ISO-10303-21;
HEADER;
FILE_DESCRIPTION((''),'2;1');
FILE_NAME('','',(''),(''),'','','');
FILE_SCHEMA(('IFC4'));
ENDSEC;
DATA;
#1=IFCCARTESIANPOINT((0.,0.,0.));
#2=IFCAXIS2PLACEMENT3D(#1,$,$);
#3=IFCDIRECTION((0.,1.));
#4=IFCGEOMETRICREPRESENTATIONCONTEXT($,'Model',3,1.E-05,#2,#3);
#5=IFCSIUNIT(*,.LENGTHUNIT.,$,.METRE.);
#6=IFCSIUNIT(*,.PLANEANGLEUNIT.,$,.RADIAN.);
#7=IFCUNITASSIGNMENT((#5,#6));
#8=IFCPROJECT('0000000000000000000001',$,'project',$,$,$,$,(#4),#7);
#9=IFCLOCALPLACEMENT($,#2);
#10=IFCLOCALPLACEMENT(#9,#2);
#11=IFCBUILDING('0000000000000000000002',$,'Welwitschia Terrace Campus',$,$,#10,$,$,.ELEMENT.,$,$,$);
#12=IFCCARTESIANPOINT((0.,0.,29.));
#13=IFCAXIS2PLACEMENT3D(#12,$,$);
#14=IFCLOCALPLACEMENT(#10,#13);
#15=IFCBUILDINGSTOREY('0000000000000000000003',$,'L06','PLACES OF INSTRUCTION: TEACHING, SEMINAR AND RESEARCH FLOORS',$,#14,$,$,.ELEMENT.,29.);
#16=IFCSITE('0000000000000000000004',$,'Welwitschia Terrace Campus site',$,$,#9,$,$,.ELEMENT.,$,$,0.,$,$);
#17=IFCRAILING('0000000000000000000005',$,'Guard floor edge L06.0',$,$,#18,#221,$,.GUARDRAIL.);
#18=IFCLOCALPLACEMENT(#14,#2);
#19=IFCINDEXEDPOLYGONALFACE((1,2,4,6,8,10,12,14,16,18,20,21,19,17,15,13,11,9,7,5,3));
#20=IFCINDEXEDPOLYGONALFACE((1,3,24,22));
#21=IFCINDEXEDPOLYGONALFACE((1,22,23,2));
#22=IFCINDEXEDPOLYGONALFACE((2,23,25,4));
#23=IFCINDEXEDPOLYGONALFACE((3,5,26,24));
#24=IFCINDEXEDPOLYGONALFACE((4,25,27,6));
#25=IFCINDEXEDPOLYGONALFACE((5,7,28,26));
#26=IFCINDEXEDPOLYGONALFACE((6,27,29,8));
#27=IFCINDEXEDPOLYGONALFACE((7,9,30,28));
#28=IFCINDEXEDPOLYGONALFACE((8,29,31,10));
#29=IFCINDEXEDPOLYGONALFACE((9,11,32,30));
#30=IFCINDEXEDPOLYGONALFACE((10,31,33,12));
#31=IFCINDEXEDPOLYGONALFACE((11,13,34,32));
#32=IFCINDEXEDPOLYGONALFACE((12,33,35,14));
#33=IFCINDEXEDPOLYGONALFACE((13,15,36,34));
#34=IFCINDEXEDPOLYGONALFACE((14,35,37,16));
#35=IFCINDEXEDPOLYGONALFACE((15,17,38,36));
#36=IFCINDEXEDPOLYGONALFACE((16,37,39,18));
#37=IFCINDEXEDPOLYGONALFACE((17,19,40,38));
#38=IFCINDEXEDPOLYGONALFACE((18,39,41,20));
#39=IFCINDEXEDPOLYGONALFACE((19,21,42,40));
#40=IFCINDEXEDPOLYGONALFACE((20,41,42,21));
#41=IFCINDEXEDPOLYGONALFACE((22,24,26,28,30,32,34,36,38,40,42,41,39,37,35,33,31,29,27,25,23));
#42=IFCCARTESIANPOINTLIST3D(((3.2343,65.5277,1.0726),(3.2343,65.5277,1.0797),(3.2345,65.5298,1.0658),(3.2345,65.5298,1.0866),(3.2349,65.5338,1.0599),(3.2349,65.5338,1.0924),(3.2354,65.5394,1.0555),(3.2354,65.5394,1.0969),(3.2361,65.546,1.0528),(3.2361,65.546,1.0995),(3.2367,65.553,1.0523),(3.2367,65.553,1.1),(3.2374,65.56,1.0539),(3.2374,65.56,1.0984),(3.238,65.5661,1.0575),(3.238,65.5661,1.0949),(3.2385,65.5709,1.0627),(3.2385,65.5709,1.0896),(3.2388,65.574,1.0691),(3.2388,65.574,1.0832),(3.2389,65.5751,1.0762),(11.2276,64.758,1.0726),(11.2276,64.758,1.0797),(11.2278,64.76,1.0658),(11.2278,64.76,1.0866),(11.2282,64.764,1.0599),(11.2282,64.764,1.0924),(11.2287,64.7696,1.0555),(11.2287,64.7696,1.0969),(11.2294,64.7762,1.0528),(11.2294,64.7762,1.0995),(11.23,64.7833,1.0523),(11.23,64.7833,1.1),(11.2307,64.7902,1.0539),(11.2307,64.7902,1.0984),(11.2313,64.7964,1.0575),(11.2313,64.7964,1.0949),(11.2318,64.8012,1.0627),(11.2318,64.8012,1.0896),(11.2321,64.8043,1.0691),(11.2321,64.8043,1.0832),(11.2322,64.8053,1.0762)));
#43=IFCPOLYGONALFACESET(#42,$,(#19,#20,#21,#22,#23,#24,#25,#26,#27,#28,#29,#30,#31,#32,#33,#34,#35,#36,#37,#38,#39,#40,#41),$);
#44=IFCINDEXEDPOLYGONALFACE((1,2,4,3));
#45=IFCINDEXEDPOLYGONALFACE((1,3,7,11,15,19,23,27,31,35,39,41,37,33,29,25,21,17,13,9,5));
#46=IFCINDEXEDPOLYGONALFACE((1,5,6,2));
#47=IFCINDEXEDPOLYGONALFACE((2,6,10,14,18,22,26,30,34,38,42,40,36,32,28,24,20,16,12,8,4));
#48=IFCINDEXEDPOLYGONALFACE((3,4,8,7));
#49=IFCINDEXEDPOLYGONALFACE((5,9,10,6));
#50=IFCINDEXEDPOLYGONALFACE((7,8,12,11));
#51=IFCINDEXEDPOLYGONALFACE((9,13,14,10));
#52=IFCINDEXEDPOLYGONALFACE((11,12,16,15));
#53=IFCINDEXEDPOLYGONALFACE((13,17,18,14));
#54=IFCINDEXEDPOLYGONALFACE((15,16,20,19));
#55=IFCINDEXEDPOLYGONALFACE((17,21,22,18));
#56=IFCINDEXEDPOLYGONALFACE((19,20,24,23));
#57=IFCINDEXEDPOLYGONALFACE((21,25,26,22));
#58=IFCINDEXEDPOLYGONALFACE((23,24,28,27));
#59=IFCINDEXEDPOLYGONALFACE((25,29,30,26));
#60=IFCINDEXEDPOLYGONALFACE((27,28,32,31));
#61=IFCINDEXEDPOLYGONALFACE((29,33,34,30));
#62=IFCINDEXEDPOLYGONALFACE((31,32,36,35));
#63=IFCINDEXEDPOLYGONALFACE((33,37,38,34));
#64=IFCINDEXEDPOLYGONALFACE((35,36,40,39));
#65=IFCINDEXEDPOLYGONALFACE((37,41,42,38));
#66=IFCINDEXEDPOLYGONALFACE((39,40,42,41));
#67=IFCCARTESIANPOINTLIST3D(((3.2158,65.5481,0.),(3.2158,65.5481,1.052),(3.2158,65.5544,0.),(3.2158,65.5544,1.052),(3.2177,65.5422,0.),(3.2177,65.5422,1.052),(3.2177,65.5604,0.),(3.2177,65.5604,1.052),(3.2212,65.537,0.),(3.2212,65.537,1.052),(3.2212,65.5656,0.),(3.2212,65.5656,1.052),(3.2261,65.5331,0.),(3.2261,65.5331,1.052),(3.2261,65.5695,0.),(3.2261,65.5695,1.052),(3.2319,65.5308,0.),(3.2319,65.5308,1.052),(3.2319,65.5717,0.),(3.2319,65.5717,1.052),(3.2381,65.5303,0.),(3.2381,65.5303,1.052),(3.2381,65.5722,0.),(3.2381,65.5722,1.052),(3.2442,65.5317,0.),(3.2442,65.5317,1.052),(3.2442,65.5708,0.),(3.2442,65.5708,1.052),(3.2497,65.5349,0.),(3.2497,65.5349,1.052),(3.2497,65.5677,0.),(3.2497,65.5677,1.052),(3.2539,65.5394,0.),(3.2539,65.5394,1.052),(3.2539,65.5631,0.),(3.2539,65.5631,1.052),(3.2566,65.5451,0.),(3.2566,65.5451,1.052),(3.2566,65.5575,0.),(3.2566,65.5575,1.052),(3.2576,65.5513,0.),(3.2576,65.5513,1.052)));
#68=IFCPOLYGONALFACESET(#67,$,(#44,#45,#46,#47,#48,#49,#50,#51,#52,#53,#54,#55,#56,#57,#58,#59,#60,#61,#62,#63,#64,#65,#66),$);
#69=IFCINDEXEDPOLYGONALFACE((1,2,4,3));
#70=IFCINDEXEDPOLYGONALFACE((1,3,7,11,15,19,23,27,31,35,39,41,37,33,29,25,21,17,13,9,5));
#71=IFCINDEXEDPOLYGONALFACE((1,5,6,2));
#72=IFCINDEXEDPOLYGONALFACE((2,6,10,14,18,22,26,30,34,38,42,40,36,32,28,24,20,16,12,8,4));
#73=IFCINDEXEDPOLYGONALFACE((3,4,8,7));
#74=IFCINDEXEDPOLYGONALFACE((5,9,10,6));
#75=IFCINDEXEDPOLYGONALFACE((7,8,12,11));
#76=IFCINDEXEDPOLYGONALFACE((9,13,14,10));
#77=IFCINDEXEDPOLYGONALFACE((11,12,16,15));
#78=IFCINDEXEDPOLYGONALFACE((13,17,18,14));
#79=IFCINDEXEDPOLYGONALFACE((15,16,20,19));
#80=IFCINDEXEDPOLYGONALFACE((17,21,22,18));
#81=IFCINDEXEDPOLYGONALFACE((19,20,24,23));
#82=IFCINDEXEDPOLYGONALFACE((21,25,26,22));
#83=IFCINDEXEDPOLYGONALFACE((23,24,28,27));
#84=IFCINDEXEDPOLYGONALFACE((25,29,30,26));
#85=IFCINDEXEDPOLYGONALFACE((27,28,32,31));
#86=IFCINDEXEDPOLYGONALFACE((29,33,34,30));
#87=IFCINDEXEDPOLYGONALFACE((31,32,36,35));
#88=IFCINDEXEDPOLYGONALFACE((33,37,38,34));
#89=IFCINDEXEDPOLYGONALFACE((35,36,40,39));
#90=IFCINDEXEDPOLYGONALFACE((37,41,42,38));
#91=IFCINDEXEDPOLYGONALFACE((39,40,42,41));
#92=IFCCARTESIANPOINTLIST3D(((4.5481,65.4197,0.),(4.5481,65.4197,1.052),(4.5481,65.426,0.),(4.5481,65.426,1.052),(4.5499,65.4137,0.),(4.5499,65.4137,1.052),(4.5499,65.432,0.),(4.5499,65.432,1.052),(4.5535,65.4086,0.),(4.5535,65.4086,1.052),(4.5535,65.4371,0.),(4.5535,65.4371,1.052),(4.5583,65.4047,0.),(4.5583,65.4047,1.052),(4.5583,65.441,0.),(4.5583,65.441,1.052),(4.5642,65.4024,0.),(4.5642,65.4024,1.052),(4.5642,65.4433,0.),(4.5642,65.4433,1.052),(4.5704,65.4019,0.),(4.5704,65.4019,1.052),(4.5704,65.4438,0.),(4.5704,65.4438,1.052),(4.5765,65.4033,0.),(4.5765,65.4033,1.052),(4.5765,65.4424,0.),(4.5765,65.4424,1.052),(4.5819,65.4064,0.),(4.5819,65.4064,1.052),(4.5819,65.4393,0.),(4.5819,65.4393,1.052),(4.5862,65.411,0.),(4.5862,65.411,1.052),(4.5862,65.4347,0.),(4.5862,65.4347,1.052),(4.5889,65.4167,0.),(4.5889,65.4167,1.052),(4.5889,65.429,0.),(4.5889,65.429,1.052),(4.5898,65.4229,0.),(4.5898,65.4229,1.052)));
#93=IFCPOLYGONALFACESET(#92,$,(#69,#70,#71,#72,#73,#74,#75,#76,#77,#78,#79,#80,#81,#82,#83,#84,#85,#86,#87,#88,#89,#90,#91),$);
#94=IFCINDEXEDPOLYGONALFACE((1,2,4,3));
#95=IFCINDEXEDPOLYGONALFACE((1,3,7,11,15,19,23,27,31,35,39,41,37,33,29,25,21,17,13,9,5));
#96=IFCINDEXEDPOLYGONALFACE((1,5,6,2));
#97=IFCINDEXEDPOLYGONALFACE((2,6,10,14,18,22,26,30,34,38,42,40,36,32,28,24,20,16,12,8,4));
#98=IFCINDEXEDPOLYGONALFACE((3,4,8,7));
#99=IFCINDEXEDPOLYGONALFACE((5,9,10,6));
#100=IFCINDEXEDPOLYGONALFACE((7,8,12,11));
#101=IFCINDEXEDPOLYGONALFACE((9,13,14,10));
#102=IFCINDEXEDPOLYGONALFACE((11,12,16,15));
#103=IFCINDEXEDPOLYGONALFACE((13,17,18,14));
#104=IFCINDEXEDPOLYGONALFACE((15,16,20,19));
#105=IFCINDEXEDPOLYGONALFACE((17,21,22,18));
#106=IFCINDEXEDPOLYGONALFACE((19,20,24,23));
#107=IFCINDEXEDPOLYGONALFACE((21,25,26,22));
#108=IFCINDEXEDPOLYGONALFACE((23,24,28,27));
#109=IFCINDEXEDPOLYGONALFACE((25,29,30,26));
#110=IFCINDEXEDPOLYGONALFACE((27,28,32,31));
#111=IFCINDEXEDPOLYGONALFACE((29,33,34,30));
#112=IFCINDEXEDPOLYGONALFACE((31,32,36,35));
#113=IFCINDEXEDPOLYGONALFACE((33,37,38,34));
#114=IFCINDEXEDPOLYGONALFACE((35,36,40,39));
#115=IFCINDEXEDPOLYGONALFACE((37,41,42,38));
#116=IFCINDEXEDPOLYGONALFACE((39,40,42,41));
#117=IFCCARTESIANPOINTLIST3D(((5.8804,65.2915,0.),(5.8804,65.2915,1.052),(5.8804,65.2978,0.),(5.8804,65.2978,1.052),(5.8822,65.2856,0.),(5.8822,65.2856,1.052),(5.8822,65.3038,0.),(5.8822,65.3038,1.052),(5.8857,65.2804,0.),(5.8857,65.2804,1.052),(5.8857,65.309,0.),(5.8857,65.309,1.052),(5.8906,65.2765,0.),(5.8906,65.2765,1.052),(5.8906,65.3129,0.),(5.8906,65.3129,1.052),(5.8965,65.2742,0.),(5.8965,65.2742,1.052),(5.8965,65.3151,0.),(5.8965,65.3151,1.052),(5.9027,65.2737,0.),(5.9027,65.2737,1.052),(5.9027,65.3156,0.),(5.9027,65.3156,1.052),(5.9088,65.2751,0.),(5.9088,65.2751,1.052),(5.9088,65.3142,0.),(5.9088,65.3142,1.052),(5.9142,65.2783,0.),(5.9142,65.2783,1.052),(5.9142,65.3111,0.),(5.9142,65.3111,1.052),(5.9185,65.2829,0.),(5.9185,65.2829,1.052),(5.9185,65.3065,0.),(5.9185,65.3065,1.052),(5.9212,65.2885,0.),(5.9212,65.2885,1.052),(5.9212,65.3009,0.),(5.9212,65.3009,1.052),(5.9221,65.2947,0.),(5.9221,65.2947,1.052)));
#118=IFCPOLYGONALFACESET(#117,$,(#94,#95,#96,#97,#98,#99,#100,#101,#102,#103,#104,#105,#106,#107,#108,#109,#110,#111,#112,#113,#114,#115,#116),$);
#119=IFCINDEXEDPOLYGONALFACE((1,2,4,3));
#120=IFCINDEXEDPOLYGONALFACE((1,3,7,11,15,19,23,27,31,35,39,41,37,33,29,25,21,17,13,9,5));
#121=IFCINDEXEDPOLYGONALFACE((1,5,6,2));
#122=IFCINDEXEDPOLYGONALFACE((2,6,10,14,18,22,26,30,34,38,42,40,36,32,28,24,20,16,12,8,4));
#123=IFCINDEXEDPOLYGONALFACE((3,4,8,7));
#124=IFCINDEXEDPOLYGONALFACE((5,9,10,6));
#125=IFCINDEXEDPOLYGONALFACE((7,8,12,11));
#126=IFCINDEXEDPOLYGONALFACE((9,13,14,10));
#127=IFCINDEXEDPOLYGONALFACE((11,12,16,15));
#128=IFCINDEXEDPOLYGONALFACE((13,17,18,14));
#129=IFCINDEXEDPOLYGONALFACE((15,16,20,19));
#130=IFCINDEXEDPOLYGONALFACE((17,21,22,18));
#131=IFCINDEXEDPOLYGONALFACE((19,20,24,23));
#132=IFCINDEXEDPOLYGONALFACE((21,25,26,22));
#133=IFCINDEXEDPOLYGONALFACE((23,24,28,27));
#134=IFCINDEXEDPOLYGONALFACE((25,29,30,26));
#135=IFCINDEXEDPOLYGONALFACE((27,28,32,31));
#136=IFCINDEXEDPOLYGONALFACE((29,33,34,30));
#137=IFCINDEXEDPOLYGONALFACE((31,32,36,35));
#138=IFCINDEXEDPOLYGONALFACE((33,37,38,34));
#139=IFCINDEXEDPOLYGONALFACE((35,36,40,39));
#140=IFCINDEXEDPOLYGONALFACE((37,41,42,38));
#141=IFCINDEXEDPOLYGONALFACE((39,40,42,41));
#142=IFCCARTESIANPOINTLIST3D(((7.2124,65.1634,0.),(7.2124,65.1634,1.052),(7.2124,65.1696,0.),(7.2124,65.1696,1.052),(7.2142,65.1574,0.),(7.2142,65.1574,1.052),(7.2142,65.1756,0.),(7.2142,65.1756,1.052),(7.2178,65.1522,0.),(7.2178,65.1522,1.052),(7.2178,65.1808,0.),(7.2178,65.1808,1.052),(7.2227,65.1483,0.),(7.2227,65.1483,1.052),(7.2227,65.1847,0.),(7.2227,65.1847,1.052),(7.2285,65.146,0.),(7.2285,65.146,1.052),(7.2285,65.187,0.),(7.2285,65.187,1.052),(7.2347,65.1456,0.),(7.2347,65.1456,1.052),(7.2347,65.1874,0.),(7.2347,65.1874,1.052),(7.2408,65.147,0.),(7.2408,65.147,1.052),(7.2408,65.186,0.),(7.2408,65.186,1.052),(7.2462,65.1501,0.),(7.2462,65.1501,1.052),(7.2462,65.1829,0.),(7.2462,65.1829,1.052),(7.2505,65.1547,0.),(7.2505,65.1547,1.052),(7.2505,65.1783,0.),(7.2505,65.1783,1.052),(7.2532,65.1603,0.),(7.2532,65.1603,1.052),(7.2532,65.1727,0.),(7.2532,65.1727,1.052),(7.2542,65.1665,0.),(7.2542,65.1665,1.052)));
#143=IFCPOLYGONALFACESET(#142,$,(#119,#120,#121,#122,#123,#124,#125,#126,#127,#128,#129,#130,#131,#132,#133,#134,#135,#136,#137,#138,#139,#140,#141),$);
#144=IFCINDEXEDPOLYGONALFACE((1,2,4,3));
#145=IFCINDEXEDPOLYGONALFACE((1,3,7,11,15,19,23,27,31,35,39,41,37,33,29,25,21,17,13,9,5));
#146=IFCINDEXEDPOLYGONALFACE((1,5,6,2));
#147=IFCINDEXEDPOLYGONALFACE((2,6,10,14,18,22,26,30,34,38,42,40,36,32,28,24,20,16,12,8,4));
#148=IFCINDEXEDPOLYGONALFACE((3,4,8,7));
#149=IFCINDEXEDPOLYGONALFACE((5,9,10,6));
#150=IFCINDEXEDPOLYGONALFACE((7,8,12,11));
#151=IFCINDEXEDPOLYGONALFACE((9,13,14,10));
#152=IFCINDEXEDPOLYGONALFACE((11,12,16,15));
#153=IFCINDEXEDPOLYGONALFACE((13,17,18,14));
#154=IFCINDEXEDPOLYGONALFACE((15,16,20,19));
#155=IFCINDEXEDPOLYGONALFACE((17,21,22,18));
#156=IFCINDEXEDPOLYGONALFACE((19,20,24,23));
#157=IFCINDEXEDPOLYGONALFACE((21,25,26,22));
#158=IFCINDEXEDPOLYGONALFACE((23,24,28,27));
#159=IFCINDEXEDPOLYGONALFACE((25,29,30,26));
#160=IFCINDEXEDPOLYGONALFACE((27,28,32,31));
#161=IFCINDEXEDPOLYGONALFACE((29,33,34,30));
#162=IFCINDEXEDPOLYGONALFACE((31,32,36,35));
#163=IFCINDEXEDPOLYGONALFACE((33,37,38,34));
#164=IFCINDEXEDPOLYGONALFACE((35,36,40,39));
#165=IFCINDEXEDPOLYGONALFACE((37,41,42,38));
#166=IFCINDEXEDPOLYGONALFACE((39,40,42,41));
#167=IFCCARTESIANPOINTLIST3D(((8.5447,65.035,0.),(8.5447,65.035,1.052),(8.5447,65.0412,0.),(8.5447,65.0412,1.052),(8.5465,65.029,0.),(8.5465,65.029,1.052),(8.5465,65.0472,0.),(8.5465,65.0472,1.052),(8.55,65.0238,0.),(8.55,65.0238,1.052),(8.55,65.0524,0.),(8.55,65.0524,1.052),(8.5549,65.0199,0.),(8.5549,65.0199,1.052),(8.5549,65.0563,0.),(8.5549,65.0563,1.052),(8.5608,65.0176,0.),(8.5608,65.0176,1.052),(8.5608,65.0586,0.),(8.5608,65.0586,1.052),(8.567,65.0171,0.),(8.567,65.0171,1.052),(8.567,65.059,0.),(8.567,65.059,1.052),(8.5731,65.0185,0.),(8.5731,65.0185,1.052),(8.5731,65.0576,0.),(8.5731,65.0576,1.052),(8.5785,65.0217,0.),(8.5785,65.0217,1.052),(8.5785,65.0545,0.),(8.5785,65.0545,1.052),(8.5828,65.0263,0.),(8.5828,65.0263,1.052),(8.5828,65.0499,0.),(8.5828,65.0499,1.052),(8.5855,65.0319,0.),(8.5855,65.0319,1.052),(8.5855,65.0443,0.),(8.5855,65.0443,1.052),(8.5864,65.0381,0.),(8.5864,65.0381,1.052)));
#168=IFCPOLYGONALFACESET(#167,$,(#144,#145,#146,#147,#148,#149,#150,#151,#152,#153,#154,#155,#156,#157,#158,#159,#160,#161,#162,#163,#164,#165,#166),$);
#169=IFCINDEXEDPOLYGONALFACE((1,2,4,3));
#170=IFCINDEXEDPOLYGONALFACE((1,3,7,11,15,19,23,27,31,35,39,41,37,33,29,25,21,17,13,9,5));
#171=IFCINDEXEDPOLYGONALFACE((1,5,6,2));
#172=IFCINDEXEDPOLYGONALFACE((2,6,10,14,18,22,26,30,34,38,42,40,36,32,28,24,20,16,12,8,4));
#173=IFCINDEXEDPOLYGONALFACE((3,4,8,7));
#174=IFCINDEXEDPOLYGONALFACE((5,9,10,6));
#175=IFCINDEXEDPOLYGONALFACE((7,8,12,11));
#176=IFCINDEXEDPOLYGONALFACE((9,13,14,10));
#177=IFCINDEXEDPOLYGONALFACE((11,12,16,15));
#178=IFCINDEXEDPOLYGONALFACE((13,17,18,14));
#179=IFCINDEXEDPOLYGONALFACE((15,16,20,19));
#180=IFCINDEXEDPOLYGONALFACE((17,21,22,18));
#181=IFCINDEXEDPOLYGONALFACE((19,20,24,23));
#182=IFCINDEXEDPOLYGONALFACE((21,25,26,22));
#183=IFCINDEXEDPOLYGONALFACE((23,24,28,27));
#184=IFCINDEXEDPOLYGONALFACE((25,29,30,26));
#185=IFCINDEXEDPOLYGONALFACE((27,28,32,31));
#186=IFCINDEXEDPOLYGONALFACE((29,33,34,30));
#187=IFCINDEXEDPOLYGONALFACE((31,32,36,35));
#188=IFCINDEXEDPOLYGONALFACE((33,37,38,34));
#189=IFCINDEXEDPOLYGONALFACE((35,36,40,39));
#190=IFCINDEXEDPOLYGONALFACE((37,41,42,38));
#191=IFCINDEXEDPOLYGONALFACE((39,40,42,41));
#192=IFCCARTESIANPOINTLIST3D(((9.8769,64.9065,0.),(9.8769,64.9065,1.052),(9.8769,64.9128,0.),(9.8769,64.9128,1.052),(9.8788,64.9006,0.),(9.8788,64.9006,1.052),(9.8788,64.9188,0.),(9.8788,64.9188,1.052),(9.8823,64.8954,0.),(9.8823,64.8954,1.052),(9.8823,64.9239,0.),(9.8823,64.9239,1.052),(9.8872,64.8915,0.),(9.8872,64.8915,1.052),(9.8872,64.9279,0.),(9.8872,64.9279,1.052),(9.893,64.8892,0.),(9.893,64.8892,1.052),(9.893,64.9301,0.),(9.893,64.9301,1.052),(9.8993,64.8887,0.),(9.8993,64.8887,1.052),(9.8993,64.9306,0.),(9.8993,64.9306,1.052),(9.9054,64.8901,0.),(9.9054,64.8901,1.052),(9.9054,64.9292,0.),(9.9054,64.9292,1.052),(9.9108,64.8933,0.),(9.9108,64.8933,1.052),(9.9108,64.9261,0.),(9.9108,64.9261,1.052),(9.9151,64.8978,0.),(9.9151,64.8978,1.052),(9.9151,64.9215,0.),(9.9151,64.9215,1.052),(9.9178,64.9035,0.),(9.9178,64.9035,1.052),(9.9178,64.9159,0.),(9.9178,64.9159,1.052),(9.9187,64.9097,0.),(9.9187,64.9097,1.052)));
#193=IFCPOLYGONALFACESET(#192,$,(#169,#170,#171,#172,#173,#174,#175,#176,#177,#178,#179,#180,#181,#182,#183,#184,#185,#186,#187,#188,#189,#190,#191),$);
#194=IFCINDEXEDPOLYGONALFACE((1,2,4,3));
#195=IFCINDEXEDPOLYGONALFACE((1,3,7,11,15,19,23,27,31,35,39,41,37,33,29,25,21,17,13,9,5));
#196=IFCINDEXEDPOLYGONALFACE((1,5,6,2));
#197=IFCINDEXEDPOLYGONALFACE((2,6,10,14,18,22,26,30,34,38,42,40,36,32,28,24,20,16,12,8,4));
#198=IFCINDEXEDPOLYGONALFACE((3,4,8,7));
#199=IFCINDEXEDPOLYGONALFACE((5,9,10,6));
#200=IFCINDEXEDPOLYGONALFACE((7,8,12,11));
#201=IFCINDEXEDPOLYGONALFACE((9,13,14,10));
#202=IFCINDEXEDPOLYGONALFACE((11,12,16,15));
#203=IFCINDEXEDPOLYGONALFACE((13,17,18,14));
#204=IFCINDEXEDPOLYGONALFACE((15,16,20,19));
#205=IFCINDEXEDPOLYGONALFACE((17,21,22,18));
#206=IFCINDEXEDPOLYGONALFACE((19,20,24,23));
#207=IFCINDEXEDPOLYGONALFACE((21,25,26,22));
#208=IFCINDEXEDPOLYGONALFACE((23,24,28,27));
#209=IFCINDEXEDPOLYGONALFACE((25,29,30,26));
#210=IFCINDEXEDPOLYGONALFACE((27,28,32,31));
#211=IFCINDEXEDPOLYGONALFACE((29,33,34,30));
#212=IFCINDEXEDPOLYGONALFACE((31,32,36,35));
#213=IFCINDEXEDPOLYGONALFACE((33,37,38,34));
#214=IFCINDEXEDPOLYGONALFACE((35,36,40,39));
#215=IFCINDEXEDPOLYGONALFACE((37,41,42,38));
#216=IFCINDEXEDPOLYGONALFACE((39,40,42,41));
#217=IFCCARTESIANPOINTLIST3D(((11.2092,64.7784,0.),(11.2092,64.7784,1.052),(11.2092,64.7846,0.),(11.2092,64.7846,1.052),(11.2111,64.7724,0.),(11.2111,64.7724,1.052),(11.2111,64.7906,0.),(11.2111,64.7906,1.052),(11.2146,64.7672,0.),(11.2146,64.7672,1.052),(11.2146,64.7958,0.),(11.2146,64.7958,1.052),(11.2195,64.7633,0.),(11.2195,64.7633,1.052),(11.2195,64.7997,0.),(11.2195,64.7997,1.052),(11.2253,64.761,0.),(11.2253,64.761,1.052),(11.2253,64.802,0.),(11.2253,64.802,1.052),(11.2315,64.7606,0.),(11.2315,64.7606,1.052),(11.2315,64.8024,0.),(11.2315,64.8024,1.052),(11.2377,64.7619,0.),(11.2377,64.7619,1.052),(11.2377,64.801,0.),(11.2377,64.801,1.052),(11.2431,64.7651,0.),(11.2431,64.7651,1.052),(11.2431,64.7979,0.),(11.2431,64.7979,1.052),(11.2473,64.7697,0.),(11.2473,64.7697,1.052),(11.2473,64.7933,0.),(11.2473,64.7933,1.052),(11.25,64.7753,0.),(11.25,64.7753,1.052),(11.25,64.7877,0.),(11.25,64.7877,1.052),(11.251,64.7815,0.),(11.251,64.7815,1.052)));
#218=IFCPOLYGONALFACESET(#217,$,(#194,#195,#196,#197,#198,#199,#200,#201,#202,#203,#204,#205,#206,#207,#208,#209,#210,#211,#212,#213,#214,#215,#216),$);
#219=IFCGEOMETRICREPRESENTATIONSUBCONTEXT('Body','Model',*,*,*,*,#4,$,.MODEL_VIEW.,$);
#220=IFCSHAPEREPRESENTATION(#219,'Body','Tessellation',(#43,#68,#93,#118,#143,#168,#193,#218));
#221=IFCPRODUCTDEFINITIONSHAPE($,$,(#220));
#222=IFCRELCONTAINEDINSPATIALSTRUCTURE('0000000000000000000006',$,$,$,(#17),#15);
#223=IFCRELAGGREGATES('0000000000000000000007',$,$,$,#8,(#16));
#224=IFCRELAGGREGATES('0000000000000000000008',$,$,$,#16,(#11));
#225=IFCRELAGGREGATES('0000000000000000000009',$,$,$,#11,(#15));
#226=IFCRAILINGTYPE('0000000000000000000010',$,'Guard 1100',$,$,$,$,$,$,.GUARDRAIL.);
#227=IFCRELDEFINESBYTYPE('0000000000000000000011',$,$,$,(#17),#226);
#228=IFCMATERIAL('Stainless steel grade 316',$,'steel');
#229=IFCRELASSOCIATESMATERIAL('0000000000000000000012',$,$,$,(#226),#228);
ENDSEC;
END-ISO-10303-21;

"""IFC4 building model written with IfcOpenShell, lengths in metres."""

from ifc_helpers import new_model, si_unit, direction, frame, origin, origin_2d, place, context, subcontext, project, spatial, circle, extrude, material, type_object, element, save


model = new_model("IFC4")

# Units and contexts
model_context = context("Model", 3, precision=1e-05, world=origin(), true_north=direction((0.0, 1.0)))
body_context = subcontext(model_context, "Body", "Model", "MODEL_VIEW")
ifc_project = project(units=[si_unit("LENGTHUNIT", "METRE"), si_unit("PLANEANGLEUNIT", "RADIAN")], contexts=[model_context])

# Site, building, storey
site_placement = place(None, origin())
site = spatial("IfcSite", under=ifc_project, at=site_placement, Name="Welwitschia Terrace Campus site", CompositionType="ELEMENT", RefElevation=0.0)
building_placement = place(site_placement, origin())
building = spatial("IfcBuilding", under=site, at=building_placement, Name="Welwitschia Terrace Campus", CompositionType="ELEMENT")
storey_placement = place(building_placement, frame((0.0, 0.0, 29.0)))
storey = spatial("IfcBuildingStorey", under=building, at=storey_placement, Name="L06", Description="PLACES OF INSTRUCTION: TEACHING, SEMINAR AND RESEARCH FLOORS", CompositionType="ELEMENT", Elevation=29.0)

# Railing
ifc_material_1 = material(Name="Stainless steel grade 316", Category="steel")
railing_type = type_object("IfcRailingType", Name="Guard 1100", PredefinedType="GUARDRAIL", material=ifc_material_1)
railing_placement = place(storey_placement, frame((3.2366, 65.5513, 0.0)))
element("IfcRailing", 1, at=railing_placement, inside=storey, type_object=railing_type, Name="Guard floor edge L06.0", PredefinedType="GUARDRAIL", context=body_context, shape_type="SweptSolid", body=[
    extrude(circle(Radius=0.0239, at=origin_2d()), frame((0.0, 0.0, 1.0762), z_axis=(0.995395, -0.095858, 0.0), x_axis=(0.095858, 0.995395, 0.0)), (0.0, 0.0, 1.0), 8.0303),
    extrude(circle(Radius=0.021, at=origin_2d()), origin(), (0.0, 0.0, 1.0), 1.052),
    extrude(circle(Radius=0.021, at=origin_2d()), frame((1.3323, -0.1284, 0.0)), (0.0, 0.0, 1.0), 1.052),
    extrude(circle(Radius=0.021, at=origin_2d()), frame((2.6646, -0.2566, 0.0)), (0.0, 0.0, 1.0), 1.052),
    extrude(circle(Radius=0.021, at=origin_2d()), frame((3.9966, -0.3848, 0.0)), (0.0, 0.0, 1.0), 1.052),
    extrude(circle(Radius=0.021, at=origin_2d()), frame((5.3289, -0.5132, 0.0)), (0.0, 0.0, 1.0), 1.052),
    extrude(circle(Radius=0.021, at=origin_2d()), frame((6.6611, -0.6416, 0.0)), (0.0, 0.0, 1.0), 1.052),
    extrude(circle(Radius=0.021, at=origin_2d()), frame((7.9934, -0.7698, 0.0)), (0.0, 0.0, 1.0), 1.052),
])

save(model, "model.ifc")
